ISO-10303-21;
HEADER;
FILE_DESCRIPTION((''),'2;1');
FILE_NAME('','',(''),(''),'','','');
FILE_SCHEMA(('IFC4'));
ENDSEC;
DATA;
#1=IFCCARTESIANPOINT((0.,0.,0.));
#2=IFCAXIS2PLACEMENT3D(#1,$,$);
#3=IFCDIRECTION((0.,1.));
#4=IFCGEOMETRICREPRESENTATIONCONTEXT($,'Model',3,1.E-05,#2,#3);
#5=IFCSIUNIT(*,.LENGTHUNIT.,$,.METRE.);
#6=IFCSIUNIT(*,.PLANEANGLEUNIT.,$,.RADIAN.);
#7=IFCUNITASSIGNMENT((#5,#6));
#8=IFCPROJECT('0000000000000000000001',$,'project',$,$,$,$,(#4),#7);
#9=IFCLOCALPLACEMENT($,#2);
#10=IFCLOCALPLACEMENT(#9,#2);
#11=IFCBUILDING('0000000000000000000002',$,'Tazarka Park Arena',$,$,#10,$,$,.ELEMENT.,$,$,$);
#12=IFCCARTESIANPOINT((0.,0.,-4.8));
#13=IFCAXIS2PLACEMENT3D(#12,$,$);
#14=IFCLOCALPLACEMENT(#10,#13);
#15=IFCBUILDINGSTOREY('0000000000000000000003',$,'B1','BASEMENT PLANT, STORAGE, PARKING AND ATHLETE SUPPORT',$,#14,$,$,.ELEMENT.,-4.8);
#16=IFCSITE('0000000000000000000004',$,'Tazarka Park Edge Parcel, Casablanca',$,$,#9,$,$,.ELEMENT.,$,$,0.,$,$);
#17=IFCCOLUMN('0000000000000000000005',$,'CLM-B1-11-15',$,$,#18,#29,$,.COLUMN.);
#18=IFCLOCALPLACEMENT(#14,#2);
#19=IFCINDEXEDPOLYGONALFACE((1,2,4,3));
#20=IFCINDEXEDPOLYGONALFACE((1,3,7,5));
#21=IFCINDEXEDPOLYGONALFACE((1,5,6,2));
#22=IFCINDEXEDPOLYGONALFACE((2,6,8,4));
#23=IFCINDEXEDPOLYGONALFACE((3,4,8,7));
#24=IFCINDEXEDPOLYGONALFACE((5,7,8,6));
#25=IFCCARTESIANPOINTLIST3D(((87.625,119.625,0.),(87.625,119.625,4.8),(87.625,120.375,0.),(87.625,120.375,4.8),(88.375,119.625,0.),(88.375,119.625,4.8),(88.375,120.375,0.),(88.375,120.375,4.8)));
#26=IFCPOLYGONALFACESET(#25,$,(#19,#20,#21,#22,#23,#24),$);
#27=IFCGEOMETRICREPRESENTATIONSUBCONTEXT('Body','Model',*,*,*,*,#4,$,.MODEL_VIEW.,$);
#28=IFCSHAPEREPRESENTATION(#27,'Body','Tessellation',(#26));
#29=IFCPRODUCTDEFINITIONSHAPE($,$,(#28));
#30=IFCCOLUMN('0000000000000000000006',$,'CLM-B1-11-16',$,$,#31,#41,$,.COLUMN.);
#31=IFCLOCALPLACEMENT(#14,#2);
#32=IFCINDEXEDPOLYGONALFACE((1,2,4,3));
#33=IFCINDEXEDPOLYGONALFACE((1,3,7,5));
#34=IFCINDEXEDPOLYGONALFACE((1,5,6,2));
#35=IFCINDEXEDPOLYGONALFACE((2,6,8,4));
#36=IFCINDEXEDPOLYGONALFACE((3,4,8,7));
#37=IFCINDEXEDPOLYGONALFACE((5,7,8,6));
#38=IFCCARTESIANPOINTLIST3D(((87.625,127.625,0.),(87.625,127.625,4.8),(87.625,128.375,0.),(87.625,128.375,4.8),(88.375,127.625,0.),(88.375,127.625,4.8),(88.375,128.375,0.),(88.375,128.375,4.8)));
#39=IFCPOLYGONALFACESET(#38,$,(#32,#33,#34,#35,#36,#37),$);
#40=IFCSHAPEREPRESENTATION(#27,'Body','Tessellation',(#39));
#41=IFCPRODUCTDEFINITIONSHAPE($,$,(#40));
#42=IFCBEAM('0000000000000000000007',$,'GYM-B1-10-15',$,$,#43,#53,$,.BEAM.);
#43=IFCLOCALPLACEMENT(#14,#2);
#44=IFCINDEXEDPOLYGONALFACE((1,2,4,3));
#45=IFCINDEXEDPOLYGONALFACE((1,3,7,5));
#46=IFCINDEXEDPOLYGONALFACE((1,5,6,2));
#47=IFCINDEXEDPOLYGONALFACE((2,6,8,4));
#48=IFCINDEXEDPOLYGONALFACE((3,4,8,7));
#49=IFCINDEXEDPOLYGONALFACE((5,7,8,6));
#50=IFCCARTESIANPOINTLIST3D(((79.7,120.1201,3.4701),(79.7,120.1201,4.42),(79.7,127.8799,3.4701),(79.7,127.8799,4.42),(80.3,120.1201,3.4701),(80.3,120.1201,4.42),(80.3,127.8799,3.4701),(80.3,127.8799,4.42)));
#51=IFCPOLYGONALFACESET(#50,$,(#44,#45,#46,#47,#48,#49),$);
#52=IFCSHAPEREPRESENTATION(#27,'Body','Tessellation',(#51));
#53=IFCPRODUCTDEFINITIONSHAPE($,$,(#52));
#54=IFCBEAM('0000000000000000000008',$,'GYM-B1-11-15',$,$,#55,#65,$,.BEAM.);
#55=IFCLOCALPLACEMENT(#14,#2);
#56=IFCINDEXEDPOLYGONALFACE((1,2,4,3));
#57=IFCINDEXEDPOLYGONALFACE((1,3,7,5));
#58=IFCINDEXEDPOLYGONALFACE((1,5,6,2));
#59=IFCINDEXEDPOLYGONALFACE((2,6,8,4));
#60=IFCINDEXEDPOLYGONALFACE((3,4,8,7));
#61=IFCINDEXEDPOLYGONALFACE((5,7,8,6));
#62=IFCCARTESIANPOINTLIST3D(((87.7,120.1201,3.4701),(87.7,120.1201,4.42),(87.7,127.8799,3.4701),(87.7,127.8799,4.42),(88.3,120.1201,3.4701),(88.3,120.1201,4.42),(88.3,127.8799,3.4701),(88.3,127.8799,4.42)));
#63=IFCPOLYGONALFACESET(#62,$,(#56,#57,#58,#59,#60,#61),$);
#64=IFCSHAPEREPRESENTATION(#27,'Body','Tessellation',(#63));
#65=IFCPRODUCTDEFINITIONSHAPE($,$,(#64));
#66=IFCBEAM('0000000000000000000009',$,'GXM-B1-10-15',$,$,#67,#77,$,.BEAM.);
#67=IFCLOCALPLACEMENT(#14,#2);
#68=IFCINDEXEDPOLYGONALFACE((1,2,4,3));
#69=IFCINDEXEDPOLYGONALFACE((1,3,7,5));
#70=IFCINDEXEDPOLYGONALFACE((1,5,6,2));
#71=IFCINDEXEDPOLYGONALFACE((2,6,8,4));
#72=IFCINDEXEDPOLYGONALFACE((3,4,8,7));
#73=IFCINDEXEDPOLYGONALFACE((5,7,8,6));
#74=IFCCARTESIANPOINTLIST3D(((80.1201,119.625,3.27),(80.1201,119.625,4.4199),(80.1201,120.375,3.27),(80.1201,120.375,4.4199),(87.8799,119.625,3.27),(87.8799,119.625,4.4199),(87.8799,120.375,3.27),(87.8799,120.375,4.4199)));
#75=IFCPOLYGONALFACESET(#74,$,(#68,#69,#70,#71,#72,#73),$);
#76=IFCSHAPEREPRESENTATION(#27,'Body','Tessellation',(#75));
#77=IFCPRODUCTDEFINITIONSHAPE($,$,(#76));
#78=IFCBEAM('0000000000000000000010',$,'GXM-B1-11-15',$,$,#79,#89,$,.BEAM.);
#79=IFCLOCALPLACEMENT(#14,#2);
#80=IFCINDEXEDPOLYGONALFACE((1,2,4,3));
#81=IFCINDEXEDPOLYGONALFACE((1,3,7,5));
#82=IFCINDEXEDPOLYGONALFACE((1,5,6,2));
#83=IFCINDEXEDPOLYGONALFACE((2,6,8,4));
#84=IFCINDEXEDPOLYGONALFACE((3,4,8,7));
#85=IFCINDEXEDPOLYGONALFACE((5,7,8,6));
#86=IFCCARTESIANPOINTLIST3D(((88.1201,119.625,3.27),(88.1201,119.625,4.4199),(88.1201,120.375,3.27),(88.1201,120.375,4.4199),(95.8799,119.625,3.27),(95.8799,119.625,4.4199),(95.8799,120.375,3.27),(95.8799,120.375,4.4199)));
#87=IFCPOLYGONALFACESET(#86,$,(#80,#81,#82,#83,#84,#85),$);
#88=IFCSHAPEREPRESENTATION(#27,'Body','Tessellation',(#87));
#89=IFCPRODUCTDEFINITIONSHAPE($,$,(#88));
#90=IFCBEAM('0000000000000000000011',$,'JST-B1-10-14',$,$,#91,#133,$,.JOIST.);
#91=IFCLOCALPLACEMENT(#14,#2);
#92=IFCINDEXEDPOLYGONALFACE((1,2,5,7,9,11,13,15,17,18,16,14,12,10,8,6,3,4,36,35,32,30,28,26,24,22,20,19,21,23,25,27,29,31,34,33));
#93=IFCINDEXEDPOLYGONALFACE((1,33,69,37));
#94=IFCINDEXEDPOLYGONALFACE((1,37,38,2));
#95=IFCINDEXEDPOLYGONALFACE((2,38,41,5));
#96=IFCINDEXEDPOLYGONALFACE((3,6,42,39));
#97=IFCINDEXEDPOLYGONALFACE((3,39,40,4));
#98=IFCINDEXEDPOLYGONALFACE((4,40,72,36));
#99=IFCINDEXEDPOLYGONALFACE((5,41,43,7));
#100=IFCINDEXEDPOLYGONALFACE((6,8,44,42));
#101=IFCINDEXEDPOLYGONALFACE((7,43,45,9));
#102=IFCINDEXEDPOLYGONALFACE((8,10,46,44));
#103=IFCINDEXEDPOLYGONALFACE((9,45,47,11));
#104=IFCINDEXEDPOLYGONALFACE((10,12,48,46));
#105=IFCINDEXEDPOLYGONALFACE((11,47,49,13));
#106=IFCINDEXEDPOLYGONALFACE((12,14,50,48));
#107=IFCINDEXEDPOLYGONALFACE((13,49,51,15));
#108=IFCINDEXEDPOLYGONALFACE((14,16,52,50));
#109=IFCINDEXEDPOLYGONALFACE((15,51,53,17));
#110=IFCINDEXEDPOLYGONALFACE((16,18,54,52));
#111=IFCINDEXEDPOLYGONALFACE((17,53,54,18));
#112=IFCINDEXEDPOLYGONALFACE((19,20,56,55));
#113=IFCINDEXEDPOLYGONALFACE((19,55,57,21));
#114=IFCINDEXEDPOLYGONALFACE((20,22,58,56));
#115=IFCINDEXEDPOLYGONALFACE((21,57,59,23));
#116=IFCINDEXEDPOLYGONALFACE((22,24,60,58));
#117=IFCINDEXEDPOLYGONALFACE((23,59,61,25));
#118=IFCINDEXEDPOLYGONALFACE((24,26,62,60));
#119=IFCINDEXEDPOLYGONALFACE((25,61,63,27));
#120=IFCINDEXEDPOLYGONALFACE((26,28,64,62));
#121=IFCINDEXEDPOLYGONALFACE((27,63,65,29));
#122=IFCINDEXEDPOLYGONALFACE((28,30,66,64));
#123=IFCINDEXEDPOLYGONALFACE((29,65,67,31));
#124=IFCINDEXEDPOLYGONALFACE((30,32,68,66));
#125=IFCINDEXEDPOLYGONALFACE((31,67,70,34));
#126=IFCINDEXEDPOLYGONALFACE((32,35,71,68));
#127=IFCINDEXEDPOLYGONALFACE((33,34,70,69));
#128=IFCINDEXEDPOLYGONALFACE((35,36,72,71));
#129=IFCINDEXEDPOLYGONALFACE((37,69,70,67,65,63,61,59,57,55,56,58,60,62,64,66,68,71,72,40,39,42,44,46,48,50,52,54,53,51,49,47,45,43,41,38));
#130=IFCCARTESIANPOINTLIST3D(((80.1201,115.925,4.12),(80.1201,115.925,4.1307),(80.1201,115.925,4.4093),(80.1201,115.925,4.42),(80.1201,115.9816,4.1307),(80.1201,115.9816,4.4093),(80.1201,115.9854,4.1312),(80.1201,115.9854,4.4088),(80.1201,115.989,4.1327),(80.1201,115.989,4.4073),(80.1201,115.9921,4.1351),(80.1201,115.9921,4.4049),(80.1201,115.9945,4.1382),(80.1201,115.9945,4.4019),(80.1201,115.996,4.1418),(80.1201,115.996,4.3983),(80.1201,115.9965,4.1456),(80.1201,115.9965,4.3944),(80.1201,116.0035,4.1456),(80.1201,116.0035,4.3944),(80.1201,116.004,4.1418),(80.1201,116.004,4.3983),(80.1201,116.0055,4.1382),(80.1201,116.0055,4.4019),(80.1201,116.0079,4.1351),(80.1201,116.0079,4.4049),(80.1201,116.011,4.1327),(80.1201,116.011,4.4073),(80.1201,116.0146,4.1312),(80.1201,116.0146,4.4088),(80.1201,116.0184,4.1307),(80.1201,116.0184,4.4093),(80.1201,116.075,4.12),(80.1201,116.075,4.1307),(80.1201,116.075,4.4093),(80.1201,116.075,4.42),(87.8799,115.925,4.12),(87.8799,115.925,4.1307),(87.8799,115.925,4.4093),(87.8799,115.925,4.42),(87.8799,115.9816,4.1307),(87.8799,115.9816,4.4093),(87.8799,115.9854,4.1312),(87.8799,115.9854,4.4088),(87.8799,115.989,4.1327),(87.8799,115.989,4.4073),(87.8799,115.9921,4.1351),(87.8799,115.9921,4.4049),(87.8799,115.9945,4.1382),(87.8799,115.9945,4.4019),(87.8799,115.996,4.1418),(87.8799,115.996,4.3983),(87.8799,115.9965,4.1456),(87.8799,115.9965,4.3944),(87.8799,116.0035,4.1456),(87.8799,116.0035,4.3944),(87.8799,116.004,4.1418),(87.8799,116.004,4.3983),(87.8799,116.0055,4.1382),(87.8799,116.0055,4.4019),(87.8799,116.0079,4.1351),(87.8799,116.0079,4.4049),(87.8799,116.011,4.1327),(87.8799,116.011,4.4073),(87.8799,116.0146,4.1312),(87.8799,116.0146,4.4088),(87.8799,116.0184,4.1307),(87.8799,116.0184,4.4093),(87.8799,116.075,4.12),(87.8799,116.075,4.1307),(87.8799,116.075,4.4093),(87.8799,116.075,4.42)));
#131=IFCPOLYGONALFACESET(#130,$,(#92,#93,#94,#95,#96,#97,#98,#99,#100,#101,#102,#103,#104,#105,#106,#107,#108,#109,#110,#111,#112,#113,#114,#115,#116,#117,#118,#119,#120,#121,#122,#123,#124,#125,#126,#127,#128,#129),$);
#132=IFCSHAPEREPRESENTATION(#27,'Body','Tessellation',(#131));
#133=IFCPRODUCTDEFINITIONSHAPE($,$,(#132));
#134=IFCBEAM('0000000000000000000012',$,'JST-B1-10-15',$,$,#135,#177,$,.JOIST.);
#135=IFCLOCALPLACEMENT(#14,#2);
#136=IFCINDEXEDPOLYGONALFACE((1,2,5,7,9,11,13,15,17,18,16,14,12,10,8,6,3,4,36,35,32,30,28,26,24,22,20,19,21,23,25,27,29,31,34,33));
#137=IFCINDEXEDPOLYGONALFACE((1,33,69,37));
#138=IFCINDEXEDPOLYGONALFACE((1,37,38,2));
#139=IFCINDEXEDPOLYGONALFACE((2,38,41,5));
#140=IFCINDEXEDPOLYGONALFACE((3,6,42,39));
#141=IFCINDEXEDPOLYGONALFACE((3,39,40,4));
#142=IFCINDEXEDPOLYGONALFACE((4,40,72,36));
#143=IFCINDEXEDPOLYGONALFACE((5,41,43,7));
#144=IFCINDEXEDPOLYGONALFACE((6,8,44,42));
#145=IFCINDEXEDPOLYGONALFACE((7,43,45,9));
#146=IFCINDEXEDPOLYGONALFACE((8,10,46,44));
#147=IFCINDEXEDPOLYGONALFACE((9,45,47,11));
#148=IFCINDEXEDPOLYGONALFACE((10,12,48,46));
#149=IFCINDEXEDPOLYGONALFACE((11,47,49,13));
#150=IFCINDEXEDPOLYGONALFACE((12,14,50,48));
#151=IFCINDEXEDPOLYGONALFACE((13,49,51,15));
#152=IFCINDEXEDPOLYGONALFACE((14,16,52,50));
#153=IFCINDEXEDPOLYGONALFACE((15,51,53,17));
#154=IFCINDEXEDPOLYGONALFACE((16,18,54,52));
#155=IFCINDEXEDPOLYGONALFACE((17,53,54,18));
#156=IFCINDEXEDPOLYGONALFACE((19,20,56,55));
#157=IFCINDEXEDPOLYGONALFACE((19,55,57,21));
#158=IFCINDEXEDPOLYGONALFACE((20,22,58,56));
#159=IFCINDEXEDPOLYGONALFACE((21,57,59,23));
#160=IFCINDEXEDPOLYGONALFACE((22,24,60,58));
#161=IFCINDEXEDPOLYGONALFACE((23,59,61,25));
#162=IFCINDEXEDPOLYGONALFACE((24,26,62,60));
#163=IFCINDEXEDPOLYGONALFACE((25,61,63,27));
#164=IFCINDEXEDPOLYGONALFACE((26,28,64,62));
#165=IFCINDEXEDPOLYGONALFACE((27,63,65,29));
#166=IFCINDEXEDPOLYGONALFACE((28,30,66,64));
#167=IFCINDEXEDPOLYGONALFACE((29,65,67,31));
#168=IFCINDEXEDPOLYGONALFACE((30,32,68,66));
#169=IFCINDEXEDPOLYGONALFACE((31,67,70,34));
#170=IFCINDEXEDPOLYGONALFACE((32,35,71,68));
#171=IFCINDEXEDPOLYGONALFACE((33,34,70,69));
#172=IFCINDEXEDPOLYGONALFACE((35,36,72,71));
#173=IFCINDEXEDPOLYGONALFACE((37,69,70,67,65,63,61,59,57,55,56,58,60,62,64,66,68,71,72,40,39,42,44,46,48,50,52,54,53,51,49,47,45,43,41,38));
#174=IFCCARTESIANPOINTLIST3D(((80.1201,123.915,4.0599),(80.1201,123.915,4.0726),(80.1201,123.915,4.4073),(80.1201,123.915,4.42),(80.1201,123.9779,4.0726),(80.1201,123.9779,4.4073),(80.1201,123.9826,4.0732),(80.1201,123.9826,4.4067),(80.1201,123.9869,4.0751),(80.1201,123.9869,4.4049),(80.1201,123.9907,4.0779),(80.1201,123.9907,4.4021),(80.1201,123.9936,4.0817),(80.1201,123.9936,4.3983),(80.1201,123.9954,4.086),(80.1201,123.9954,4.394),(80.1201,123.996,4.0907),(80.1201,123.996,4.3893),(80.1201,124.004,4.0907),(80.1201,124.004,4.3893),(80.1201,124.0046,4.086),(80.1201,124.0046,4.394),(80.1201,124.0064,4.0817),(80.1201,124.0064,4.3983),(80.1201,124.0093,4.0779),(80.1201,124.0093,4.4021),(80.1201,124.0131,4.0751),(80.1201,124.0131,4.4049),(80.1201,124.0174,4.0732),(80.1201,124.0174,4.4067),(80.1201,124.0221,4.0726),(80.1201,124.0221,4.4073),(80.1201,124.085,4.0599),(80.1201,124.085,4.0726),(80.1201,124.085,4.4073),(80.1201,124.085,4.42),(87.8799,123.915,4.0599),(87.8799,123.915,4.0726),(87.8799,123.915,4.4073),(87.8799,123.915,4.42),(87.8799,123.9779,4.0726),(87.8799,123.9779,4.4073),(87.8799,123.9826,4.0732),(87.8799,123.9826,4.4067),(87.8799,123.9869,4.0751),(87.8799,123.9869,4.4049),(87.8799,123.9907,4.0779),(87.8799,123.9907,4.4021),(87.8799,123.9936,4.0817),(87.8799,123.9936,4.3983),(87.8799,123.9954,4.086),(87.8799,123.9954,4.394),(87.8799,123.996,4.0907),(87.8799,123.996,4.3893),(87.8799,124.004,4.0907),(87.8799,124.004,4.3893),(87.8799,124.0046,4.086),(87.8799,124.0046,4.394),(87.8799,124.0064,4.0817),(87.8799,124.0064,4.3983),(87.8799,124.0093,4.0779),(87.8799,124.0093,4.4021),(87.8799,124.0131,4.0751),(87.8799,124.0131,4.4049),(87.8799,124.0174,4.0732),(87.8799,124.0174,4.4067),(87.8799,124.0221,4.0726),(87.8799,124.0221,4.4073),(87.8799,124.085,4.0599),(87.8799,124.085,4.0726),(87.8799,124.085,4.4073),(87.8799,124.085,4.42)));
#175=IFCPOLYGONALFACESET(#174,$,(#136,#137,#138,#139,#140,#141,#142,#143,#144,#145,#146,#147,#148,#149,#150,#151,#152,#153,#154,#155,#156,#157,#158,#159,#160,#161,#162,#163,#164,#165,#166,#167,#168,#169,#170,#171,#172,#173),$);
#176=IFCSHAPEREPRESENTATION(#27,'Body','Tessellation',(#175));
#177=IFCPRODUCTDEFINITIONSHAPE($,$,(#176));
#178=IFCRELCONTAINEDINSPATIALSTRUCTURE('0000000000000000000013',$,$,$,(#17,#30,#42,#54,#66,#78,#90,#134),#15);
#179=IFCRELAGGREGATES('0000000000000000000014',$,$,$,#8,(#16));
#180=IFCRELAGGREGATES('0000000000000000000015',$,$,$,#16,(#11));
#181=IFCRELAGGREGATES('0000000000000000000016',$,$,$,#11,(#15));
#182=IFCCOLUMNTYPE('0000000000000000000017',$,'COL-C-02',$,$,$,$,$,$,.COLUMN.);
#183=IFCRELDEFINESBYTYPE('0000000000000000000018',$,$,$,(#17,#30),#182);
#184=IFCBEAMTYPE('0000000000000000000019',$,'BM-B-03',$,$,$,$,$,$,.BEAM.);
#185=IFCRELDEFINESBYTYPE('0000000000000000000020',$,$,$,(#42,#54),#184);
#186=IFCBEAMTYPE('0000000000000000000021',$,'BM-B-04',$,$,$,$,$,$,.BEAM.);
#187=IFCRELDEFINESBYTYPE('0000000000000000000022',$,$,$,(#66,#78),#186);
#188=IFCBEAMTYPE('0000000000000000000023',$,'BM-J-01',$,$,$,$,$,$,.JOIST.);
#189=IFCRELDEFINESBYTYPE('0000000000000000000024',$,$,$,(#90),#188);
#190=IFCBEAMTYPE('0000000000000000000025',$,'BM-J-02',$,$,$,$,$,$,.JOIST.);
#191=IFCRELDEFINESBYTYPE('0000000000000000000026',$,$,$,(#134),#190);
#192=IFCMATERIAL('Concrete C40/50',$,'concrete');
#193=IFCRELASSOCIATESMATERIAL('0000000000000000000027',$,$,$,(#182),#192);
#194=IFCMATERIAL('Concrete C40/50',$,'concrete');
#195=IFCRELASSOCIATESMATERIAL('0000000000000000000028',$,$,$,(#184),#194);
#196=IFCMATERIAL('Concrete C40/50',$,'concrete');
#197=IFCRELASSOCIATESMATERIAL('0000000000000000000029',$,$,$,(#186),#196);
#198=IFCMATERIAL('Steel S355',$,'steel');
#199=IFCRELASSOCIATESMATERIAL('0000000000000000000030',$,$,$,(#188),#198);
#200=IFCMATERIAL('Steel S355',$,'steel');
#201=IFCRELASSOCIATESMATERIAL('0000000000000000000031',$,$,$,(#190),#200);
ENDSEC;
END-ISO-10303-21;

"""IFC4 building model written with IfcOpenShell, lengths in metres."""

from ifc_helpers import new_model, si_unit, direction, frame, origin, origin_2d, place, context, subcontext, project, spatial, rectangle, i_section, extrude, material, material_profile, profile_set, type_object, element, save


model = new_model("IFC4")

# Units and contexts
model_context = context("Model", 3, precision=1e-05, world=origin(), true_north=direction((0.0, 1.0)))
body_context = subcontext(model_context, "Body", "Model", "MODEL_VIEW")
ifc_project = project(units=[si_unit("LENGTHUNIT", "METRE"), si_unit("PLANEANGLEUNIT", "RADIAN")], contexts=[model_context])

# Site, building, storey
site_placement = place(None, origin())
site = spatial("IfcSite", under=ifc_project, at=site_placement, Name="Tazarka Park Edge Parcel, Casablanca", CompositionType="ELEMENT", RefElevation=0.0)
building_placement = place(site_placement, origin())
building = spatial("IfcBuilding", under=site, at=building_placement, Name="Tazarka Park Arena", CompositionType="ELEMENT")
storey_placement = place(building_placement, frame((0.0, 0.0, -4.8)))
storey = spatial("IfcBuildingStorey", under=building, at=storey_placement, Name="B1", Description="BASEMENT PLANT, STORAGE, PARKING AND ATHLETE SUPPORT", CompositionType="ELEMENT", Elevation=-4.8)

# Columns
ifc_material_1 = material(Name="Concrete C40/50", Category="concrete")
ifc_material_profile_1 = material_profile(ifc_material_1, rectangle(XDim=0.75, YDim=0.75, at=origin_2d()), Name="Concrete C40/50")
ifc_profile_set_1 = profile_set([ifc_material_profile_1], Name="Concrete C40/50")
column_type = type_object("IfcColumnType", Name="COL-C-02", PredefinedType="COLUMN", material=ifc_profile_set_1)
for number, where, z_axis, x_axis, name in (
    (1, (88.0, 120.0, 0.0), (0.0, 0.0, 1.0), (1.0, 0.0, 0.0), "CLM-B1-11-15"),
    (2, (88.0, 128.0, 0.0), (0.0, 0.0, 1.0), (1.0, 0.0, 0.0), "CLM-B1-11-16"),
):
    element("IfcColumn", number, at=place(storey_placement, frame(where, z_axis=z_axis, x_axis=x_axis)), inside=storey, type_object=column_type, Name=name, PredefinedType="COLUMN", context=body_context, shape_type="SweptSolid", body=[
        extrude(rectangle(XDim=0.75, YDim=0.75, at=origin_2d()), origin(), (0.0, 0.0, 1.0), 4.8),
    ])

# Beams
ifc_material_2 = material(Name="Concrete C40/50", Category="concrete")
ifc_material_profile_2 = material_profile(ifc_material_2, rectangle(XDim=0.6001, YDim=0.95, at=origin_2d()), Name="Concrete C40/50")
ifc_profile_set_2 = profile_set([ifc_material_profile_2], Name="Concrete C40/50")
beam_type_1 = type_object("IfcBeamType", Name="BM-B-03", PredefinedType="BEAM", material=ifc_profile_set_2)
for number, where, z_axis, x_axis, name in (
    (3, (80.0, 120.1201, 3.9451), (0.0, 1.0, 0.0), (-1.0, 0.0, 0.0), "GYM-B1-10-15"),
    (4, (88.0, 120.1201, 3.9451), (0.0, 1.0, 0.0), (-1.0, 0.0, 0.0), "GYM-B1-11-15"),
):
    element("IfcBeam", number, at=place(storey_placement, frame(where, z_axis=z_axis, x_axis=x_axis)), inside=storey, type_object=beam_type_1, Name=name, PredefinedType="BEAM", context=body_context, shape_type="SweptSolid", body=[
        extrude(rectangle(XDim=0.6001, YDim=0.95, at=origin_2d()), origin(), (0.0, 0.0, 1.0), 7.7598),
    ])
ifc_material_3 = material(Name="Concrete C40/50", Category="concrete")
ifc_material_profile_3 = material_profile(ifc_material_3, rectangle(XDim=0.75, YDim=1.1499, at=origin_2d()), Name="Concrete C40/50")
ifc_profile_set_3 = profile_set([ifc_material_profile_3], Name="Concrete C40/50")
beam_type_2 = type_object("IfcBeamType", Name="BM-B-04", PredefinedType="BEAM", material=ifc_profile_set_3)
for number, where, z_axis, x_axis, name in (
    (5, (80.1201, 120.0, 3.845), (1.0, 0.0, 0.0), (0.0, 1.0, 0.0), "GXM-B1-10-15"),
    (6, (88.1201, 120.0, 3.845), (1.0, 0.0, 0.0), (0.0, 1.0, 0.0), "GXM-B1-11-15"),
):
    element("IfcBeam", number, at=place(storey_placement, frame(where, z_axis=z_axis, x_axis=x_axis)), inside=storey, type_object=beam_type_2, Name=name, PredefinedType="BEAM", context=body_context, shape_type="SweptSolid", body=[
        extrude(rectangle(XDim=0.75, YDim=1.1499, at=origin_2d()), origin(), (0.0, 0.0, 1.0), 7.7598),
    ])
ifc_material_4 = material(Name="Steel S355", Category="steel")
ifc_material_profile_4 = material_profile(ifc_material_4, i_section(OverallWidth=0.1499, OverallDepth=0.3, WebThickness=0.0071, FlangeThickness=0.0107, FilletRadius=0.0149, at=origin_2d()), Name="Steel S355")
ifc_profile_set_4 = profile_set([ifc_material_profile_4], Name="Steel S355")
beam_type_3 = type_object("IfcBeamType", Name="BM-J-01", PredefinedType="JOIST", material=ifc_profile_set_4)
beam_1_placement = place(storey_placement, frame((80.1201, 116.0, 4.27), z_axis=(1.0, 0.0, 0.0), x_axis=(0.0, 1.0, 0.0)))
element("IfcBeam", 7, at=beam_1_placement, inside=storey, type_object=beam_type_3, Name="JST-B1-10-14", PredefinedType="JOIST", context=body_context, shape_type="SweptSolid", body=[
    extrude(i_section(OverallWidth=0.1499, OverallDepth=0.3, WebThickness=0.0071, FlangeThickness=0.0107, FilletRadius=0.0149, at=origin_2d()), origin(), (0.0, 0.0, 1.0), 7.7598),
])
ifc_material_5 = material(Name="Steel S355", Category="steel")
ifc_material_profile_5 = material_profile(ifc_material_5, i_section(OverallWidth=0.1699, OverallDepth=0.3601, WebThickness=0.0081, FlangeThickness=0.0127, FilletRadius=0.0181, at=origin_2d()), Name="Steel S355")
ifc_profile_set_5 = profile_set([ifc_material_profile_5], Name="Steel S355")
beam_type_4 = type_object("IfcBeamType", Name="BM-J-02", PredefinedType="JOIST", material=ifc_profile_set_5)
beam_2_placement = place(storey_placement, frame((80.1201, 124.0, 4.24), z_axis=(1.0, 0.0, 0.0), x_axis=(0.0, 1.0, 0.0)))
element("IfcBeam", 8, at=beam_2_placement, inside=storey, type_object=beam_type_4, Name="JST-B1-10-15", PredefinedType="JOIST", context=body_context, shape_type="SweptSolid", body=[
    extrude(i_section(OverallWidth=0.1699, OverallDepth=0.3601, WebThickness=0.0081, FlangeThickness=0.0127, FilletRadius=0.0181, at=origin_2d()), origin(), (0.0, 0.0, 1.0), 7.7598),
])

save(model, "model.ifc")
